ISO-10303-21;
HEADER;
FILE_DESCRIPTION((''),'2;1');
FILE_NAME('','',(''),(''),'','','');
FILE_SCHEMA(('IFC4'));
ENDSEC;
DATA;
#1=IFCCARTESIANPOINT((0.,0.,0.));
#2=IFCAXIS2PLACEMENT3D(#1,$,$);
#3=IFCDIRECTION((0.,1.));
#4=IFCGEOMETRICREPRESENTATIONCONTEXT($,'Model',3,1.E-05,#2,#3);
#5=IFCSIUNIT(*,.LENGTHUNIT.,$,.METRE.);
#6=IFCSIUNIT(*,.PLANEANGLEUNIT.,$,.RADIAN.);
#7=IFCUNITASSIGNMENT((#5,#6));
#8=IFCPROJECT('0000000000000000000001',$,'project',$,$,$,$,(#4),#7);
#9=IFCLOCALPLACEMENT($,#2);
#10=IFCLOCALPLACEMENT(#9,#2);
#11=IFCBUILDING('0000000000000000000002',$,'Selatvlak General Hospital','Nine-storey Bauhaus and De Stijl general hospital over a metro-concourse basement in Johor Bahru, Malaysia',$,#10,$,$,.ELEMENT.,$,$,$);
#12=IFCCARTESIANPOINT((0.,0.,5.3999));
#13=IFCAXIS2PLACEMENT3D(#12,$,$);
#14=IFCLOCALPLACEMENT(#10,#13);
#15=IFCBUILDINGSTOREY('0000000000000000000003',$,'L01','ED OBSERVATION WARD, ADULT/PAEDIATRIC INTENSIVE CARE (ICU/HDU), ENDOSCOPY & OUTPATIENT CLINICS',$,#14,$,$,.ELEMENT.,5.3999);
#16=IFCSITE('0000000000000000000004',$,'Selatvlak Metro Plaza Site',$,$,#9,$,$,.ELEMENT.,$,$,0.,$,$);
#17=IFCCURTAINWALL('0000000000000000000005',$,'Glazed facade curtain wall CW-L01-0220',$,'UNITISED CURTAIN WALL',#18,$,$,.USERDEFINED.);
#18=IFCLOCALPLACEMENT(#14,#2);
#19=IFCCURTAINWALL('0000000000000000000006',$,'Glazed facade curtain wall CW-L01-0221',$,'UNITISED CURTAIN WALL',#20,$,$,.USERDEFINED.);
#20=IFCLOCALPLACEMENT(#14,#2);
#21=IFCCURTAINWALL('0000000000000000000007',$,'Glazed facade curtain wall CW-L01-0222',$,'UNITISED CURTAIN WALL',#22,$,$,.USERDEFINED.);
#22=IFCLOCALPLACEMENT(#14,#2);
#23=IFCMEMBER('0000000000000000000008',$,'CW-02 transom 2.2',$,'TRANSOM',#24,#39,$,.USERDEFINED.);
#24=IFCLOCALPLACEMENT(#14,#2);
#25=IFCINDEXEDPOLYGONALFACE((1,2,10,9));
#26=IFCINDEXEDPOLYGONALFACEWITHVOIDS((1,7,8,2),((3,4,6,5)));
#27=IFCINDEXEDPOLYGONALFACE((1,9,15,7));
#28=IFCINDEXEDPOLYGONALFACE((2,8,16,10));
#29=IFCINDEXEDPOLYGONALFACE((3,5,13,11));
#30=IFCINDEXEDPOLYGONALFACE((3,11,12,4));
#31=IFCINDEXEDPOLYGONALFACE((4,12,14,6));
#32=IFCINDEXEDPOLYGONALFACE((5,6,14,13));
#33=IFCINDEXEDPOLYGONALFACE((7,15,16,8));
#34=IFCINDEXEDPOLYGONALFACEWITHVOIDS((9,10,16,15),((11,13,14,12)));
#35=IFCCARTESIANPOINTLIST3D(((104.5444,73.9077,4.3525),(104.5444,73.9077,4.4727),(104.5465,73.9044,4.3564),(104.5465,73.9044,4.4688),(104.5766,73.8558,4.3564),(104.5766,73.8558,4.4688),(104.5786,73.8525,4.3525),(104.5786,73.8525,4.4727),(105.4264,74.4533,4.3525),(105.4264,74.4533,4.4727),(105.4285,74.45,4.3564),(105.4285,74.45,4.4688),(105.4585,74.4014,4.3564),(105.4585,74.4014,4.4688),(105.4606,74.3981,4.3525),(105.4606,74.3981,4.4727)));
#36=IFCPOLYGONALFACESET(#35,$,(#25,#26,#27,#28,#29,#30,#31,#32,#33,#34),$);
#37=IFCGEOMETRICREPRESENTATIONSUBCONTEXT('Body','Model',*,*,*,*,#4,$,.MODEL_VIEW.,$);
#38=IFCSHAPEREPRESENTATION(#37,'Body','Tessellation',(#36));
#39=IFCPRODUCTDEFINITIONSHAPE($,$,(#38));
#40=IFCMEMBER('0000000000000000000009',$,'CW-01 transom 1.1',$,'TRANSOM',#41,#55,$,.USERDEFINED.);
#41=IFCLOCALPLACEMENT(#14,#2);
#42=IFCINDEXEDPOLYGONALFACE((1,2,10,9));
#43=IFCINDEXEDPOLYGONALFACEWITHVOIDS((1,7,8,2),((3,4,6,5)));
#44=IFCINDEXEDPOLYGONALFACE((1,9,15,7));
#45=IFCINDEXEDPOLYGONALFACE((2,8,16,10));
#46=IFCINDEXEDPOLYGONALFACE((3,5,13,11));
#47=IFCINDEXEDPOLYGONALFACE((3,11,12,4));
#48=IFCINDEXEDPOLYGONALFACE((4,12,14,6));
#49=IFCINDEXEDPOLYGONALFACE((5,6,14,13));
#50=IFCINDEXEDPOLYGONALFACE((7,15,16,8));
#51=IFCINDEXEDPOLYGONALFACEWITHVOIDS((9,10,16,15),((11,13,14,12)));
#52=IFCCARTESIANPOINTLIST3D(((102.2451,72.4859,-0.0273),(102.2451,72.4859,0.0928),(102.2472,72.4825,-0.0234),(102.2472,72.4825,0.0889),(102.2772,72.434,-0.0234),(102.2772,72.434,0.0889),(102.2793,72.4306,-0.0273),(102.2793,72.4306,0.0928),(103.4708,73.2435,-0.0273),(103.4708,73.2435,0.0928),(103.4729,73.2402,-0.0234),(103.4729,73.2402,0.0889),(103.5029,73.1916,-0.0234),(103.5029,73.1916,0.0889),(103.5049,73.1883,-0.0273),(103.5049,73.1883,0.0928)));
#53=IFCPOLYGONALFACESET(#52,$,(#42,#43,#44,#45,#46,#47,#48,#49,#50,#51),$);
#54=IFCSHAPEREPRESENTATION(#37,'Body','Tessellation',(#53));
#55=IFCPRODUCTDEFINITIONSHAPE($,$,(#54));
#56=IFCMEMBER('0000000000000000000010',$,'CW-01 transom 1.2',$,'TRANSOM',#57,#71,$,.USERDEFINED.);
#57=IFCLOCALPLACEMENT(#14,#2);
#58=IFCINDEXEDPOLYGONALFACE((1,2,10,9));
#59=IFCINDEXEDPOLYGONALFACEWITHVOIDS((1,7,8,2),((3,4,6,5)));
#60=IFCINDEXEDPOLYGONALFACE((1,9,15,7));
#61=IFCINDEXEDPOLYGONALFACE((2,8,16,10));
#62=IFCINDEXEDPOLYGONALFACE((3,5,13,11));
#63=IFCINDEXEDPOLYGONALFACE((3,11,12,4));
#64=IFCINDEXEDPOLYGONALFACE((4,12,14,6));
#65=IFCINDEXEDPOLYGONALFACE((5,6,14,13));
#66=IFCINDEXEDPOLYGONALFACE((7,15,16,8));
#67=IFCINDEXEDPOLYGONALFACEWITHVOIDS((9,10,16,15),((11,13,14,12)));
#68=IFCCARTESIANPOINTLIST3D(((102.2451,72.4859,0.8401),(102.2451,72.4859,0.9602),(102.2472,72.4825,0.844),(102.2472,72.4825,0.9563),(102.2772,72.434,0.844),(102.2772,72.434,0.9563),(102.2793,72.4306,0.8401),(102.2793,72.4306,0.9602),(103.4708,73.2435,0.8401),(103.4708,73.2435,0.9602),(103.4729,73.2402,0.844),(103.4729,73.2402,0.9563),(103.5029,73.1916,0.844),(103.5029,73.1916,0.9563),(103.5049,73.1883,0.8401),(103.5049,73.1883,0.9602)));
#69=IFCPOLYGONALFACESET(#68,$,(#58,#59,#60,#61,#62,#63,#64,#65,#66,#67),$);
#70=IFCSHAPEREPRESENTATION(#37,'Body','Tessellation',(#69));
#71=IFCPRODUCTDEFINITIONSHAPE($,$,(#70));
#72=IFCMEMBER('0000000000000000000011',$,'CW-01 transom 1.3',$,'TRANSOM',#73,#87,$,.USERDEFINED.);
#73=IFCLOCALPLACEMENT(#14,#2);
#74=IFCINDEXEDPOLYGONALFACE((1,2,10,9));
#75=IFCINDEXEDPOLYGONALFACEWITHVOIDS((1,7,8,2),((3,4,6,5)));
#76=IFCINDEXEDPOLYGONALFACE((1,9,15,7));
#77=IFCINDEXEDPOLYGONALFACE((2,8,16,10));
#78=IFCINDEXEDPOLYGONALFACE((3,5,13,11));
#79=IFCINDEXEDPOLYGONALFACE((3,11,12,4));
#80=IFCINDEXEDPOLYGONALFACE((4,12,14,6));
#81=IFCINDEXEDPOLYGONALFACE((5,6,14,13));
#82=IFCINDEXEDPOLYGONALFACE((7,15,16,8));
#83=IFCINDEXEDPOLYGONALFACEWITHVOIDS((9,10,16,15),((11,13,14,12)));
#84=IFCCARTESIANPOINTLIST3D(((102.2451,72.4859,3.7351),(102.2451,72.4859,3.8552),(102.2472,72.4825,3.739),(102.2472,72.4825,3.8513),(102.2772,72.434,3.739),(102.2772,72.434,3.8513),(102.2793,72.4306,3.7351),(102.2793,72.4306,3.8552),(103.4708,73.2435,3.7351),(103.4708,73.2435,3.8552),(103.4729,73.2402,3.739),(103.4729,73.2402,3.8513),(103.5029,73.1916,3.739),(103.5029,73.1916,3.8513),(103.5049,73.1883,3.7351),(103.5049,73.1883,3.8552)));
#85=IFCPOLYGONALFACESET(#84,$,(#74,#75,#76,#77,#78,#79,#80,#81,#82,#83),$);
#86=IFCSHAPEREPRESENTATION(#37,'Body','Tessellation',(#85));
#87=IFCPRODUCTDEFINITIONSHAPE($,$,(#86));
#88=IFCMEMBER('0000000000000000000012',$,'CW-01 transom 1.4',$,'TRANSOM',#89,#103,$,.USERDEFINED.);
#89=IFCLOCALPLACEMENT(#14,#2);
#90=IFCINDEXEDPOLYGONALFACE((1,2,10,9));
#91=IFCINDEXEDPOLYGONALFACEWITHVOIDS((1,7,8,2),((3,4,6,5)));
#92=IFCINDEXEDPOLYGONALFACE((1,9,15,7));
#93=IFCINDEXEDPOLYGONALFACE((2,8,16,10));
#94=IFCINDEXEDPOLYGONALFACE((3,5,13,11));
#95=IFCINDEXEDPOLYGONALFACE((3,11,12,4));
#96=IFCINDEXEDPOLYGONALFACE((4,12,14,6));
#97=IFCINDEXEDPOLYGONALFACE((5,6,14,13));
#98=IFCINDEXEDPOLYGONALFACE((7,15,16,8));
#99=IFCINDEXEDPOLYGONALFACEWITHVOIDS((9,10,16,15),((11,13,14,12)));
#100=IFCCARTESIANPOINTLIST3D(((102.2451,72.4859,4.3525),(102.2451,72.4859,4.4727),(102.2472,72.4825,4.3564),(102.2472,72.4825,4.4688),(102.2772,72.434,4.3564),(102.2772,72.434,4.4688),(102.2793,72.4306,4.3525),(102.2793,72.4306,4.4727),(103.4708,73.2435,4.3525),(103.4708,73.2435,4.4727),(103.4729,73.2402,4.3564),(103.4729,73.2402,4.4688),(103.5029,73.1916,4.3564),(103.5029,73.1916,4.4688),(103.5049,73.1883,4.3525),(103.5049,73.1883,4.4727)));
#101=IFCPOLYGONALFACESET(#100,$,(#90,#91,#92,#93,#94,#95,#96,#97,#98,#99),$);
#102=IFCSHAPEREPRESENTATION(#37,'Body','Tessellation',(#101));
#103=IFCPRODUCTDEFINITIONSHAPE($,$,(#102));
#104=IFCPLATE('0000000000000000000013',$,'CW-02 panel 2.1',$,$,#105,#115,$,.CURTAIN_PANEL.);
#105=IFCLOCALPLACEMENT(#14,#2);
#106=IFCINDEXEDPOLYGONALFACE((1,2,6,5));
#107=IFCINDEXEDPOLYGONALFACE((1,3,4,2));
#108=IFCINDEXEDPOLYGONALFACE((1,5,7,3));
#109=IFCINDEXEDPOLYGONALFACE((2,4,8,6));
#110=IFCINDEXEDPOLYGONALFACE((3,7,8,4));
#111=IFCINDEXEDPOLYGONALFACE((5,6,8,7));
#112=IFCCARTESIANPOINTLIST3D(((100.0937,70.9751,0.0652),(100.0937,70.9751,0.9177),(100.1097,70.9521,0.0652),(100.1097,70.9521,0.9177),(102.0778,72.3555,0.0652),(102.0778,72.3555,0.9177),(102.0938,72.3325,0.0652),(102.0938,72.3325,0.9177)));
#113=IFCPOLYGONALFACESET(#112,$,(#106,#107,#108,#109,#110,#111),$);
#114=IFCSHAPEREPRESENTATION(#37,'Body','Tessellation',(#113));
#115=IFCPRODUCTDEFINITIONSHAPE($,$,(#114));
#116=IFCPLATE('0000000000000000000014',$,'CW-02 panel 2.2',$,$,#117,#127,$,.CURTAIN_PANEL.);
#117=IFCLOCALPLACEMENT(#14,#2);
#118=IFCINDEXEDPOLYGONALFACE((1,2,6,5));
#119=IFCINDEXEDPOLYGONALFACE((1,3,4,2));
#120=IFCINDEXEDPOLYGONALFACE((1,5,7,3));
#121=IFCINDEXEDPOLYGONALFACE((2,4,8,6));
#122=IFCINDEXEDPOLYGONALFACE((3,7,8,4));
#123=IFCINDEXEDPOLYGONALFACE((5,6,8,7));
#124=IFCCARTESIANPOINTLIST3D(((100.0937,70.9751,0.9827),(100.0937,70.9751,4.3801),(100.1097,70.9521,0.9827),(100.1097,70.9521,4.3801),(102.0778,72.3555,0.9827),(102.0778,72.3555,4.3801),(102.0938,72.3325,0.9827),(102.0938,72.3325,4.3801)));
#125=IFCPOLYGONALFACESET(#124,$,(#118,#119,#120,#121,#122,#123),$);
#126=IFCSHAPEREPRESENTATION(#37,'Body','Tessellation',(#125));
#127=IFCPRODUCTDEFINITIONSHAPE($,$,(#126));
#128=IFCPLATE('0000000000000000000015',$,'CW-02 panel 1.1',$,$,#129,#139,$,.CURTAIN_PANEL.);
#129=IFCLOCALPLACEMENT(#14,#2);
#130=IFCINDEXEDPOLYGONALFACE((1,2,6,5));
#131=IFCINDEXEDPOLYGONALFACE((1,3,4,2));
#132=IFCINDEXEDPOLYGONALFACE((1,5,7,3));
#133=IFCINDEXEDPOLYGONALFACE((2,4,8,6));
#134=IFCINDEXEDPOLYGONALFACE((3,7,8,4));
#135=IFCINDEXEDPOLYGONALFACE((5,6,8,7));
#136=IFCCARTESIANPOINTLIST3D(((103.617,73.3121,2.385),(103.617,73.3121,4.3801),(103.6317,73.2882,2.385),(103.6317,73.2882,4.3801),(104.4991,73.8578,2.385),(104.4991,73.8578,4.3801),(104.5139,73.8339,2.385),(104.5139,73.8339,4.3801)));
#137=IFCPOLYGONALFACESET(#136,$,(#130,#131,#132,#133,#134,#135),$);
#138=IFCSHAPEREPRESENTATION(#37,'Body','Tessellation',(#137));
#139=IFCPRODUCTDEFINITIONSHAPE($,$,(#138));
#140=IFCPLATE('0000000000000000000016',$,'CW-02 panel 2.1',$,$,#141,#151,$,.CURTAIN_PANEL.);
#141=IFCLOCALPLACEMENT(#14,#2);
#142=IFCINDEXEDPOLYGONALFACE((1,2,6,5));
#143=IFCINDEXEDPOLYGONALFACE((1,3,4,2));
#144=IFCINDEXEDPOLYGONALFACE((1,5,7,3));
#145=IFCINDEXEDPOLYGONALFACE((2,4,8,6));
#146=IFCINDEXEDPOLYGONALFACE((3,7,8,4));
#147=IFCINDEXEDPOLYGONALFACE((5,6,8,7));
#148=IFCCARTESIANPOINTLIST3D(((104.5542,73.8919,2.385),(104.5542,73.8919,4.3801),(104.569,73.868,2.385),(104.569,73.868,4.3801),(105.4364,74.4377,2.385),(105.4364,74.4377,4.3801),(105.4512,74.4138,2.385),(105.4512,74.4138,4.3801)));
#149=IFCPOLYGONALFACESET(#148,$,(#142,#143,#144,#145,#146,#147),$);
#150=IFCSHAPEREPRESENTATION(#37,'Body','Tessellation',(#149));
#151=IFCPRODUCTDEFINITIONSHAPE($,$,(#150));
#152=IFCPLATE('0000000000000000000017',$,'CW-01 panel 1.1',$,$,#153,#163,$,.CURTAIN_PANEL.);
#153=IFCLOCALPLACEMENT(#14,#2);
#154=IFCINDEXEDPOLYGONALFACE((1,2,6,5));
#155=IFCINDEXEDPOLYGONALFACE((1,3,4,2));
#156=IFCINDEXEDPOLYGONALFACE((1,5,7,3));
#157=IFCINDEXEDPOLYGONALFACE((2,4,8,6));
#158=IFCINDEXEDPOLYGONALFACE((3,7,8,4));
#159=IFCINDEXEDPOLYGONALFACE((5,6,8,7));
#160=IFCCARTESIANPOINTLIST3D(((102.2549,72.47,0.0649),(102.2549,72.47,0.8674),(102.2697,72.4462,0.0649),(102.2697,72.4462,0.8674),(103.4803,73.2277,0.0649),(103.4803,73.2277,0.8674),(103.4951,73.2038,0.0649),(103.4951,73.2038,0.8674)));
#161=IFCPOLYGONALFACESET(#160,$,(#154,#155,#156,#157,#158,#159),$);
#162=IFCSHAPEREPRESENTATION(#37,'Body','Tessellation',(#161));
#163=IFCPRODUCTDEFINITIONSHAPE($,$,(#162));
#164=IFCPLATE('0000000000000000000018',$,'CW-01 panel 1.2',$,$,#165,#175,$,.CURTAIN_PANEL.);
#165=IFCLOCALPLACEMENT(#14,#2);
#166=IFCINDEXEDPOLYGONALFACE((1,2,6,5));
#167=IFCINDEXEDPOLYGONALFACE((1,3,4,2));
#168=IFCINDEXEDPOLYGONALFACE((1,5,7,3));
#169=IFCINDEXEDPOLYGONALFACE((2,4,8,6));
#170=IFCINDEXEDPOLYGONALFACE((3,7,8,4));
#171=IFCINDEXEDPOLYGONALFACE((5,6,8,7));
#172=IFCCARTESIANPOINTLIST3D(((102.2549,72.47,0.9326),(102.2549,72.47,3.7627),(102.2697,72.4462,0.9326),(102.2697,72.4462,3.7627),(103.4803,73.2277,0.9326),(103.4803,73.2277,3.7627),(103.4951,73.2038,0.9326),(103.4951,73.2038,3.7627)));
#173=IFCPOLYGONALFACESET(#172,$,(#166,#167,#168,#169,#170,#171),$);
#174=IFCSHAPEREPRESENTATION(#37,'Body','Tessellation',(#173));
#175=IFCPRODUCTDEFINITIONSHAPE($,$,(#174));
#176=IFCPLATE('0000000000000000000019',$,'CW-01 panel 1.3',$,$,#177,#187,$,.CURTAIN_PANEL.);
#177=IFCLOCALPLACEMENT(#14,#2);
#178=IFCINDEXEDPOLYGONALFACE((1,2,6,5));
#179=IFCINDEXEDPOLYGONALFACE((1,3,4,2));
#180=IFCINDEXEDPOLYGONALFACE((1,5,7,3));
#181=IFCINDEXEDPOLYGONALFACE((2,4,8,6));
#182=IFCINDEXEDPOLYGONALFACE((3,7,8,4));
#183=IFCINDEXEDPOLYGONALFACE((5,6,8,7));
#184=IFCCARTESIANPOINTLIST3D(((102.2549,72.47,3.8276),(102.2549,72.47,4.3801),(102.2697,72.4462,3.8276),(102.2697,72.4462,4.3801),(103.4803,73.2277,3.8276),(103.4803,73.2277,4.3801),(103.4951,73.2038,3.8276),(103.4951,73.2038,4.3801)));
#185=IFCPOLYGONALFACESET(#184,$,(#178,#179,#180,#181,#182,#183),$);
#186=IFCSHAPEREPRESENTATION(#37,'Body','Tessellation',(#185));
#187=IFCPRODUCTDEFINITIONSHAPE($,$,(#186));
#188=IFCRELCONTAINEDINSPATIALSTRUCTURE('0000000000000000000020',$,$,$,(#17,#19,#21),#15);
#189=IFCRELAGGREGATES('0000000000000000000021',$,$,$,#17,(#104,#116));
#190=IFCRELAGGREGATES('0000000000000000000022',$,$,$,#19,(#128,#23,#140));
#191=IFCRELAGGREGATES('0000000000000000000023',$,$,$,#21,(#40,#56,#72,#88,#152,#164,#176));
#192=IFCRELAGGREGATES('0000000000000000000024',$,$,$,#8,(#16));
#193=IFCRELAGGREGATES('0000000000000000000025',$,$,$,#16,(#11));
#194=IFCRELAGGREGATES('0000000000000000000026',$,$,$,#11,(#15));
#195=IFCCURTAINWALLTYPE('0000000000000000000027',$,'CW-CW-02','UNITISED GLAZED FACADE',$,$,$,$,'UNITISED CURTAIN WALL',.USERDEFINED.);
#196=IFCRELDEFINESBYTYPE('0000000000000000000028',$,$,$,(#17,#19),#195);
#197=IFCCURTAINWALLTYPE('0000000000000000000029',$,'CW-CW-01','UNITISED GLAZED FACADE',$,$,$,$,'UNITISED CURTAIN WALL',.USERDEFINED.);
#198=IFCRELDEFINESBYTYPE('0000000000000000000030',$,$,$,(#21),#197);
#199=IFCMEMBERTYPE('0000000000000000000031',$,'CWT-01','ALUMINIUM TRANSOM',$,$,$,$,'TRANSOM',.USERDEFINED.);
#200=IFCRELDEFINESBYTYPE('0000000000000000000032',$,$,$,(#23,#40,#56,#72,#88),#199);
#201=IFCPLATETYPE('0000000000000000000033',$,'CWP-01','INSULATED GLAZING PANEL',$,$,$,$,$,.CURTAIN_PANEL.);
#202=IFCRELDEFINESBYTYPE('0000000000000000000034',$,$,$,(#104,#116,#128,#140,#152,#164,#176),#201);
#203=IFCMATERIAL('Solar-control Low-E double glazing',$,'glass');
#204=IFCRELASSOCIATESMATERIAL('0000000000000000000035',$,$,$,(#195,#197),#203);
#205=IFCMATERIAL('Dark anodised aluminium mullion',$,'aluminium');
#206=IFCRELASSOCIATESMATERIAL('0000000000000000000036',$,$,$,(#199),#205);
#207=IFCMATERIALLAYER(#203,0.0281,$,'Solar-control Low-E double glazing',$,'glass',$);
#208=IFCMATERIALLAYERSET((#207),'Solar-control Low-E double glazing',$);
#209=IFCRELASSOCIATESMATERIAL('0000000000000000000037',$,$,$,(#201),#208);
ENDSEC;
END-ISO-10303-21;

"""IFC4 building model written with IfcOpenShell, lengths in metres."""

from ifc_helpers import new_model, si_unit, direction, frame, origin, origin_2d, place, context, subcontext, project, spatial, rectangle, hollow_rectangle, extrude, material, layer, layer_set, material_profile, profile_set, type_object, element, aggregate, save


model = new_model("IFC4")

# Units and contexts
model_context = context("Model", 3, precision=1e-05, world=origin(), true_north=direction((0.0, 1.0)))
body_context = subcontext(model_context, "Body", "Model", "MODEL_VIEW")
ifc_project = project(units=[si_unit("LENGTHUNIT", "METRE"), si_unit("PLANEANGLEUNIT", "RADIAN")], contexts=[model_context])

# Site, building, storey
site_placement = place(None, origin())
site = spatial("IfcSite", under=ifc_project, at=site_placement, Name="Selatvlak Metro Plaza Site", CompositionType="ELEMENT", RefElevation=0.0)
building_placement = place(site_placement, origin())
building = spatial("IfcBuilding", under=site, at=building_placement, Name="Selatvlak General Hospital", Description="Nine-storey Bauhaus and De Stijl general hospital over a metro-concourse basement in Johor Bahru, Malaysia", CompositionType="ELEMENT")
storey_placement = place(building_placement, frame((0.0, 0.0, 5.3999)))
storey = spatial("IfcBuildingStorey", under=building, at=storey_placement, Name="L01", Description="ED OBSERVATION WARD, ADULT/PAEDIATRIC INTENSIVE CARE (ICU/HDU), ENDOSCOPY & OUTPATIENT CLINICS", CompositionType="ELEMENT", Elevation=5.3999)

# Curtain wall
ifc_material_1 = material(Name="Solar-control Low-E double glazing", Category="glass")
curtain_wall_type_1 = type_object("IfcCurtainWallType", Name="CW-CW-02", Description="UNITISED GLAZED FACADE", ElementType="UNITISED CURTAIN WALL", PredefinedType="USERDEFINED", material=ifc_material_1)
curtain_wall_1_placement = place(storey_placement, origin())
curtain_wall_1 = element("IfcCurtainWall", 1, at=curtain_wall_1_placement, inside=storey, type_object=curtain_wall_type_1, Name="Glazed facade curtain wall CW-L01-0220", ObjectType="UNITISED CURTAIN WALL", PredefinedType="USERDEFINED")
ifc_material_2 = material(Name="Dark anodised aluminium mullion", Category="aluminium")

# Curtain walls
curtain_wall_2_placement = place(storey_placement, origin())
curtain_wall_2 = element("IfcCurtainWall", 2, at=curtain_wall_2_placement, inside=storey, type_object=curtain_wall_type_1, Name="Glazed facade curtain wall CW-L01-0221", ObjectType="UNITISED CURTAIN WALL", PredefinedType="USERDEFINED")
curtain_wall_type_2 = type_object("IfcCurtainWallType", Name="CW-CW-01", Description="UNITISED GLAZED FACADE", ElementType="UNITISED CURTAIN WALL", PredefinedType="USERDEFINED", material=ifc_material_1)
curtain_wall_3_placement = place(storey_placement, origin())
curtain_wall_3 = element("IfcCurtainWall", 3, at=curtain_wall_3_placement, inside=storey, type_object=curtain_wall_type_2, Name="Glazed facade curtain wall CW-L01-0222", ObjectType="UNITISED CURTAIN WALL", PredefinedType="USERDEFINED")

# Members
ifc_material_profile_1 = material_profile(ifc_material_2, hollow_rectangle(XDim=0.0649, YDim=0.1201, WallThickness=0.0039, at=origin_2d()), Name="AL-TRN 65x120x4")
ifc_profile_set_1 = profile_set([ifc_material_profile_1], Name="Dark anodised aluminium mullion")
member_type_1 = type_object("IfcMemberType", Name="CWT-01", Description="ALUMINIUM TRANSOM", ElementType="TRANSOM", PredefinedType="USERDEFINED", material=ifc_profile_set_1)
member_1_placement = place(storey_placement, frame((104.5615, 73.8801, 4.4126), z_axis=(0.850436, 0.526079, 0.0), x_axis=(-0.526079, 0.850436, 0.0)))
member_1 = element("IfcMember", 4, at=member_1_placement, type_object=member_type_1, Name="CW-02 transom 2.2", ObjectType="TRANSOM", PredefinedType="USERDEFINED", context=body_context, shape_type="SweptSolid", body=[
    extrude(hollow_rectangle(XDim=0.0649, YDim=0.1201, WallThickness=0.0039, at=origin_2d()), origin(), (0.0, 0.0, 1.0), 1.0371),
])
member_2_placement = place(storey_placement, frame((102.2622, 72.4583, 0.0327), z_axis=(0.850615, 0.525789, 0.0), x_axis=(-0.525789, 0.850615, 0.0)))
member_2 = element("IfcMember", 5, at=member_2_placement, type_object=member_type_1, Name="CW-01 transom 1.1", ObjectType="TRANSOM", PredefinedType="USERDEFINED", context=body_context, shape_type="SweptSolid", body=[
    extrude(hollow_rectangle(XDim=0.0649, YDim=0.1201, WallThickness=0.0039, at=origin_2d()), origin(), (0.0, 0.0, 1.0), 1.4409),
])
member_3_placement = place(storey_placement, frame((102.2622, 72.4583, 0.9001), z_axis=(0.850615, 0.525789, 0.0), x_axis=(-0.525789, 0.850615, 0.0)))
member_3 = element("IfcMember", 6, at=member_3_placement, type_object=member_type_1, Name="CW-01 transom 1.2", ObjectType="TRANSOM", PredefinedType="USERDEFINED", context=body_context, shape_type="SweptSolid", body=[
    extrude(hollow_rectangle(XDim=0.0649, YDim=0.1201, WallThickness=0.0039, at=origin_2d()), origin(), (0.0, 0.0, 1.0), 1.4409),
])
member_4_placement = place(storey_placement, frame((102.2622, 72.4583, 3.7952), z_axis=(0.850615, 0.525789, 0.0), x_axis=(-0.525789, 0.850615, 0.0)))
member_4 = element("IfcMember", 7, at=member_4_placement, type_object=member_type_1, Name="CW-01 transom 1.3", ObjectType="TRANSOM", PredefinedType="USERDEFINED", context=body_context, shape_type="SweptSolid", body=[
    extrude(hollow_rectangle(XDim=0.0649, YDim=0.1201, WallThickness=0.0039, at=origin_2d()), origin(), (0.0, 0.0, 1.0), 1.4409),
])
member_5_placement = place(storey_placement, frame((102.2622, 72.4583, 4.4126), z_axis=(0.850615, 0.525789, 0.0), x_axis=(-0.525789, 0.850615, 0.0)))
member_5 = element("IfcMember", 8, at=member_5_placement, type_object=member_type_1, Name="CW-01 transom 1.4", ObjectType="TRANSOM", PredefinedType="USERDEFINED", context=body_context, shape_type="SweptSolid", body=[
    extrude(hollow_rectangle(XDim=0.0649, YDim=0.1201, WallThickness=0.0039, at=origin_2d()), origin(), (0.0, 0.0, 1.0), 1.4409),
])

# Plates
ifc_layer_1 = layer(ifc_material_1, 0.0281, Name="Solar-control Low-E double glazing", Category="glass")
ifc_layer_set_1 = layer_set([ifc_layer_1], Name="Solar-control Low-E double glazing")
plate_type = type_object("IfcPlateType", Name="CWP-01", Description="INSULATED GLAZING PANEL", PredefinedType="CURTAIN_PANEL", material=ifc_layer_set_1)
plate_1_placement = place(storey_placement, frame((101.0938, 71.6538, 0.0652), z_axis=(0.0, 0.0, 1.0), x_axis=(0.820873, 0.571111, 0.0)))
plate_1 = element("IfcPlate", 9, at=plate_1_placement, type_object=plate_type, Name="CW-02 panel 2.1", PredefinedType="CURTAIN_PANEL", context=body_context, shape_type="SweptSolid", body=[
    extrude(rectangle(XDim=2.417, YDim=0.0281, at=origin_2d()), origin(), (0.0, 0.0, 1.0), 0.8525),
])
plate_2_placement = place(storey_placement, frame((101.0938, 71.6538, 0.9827), z_axis=(0.0, 0.0, 1.0), x_axis=(0.820873, 0.571111, 0.0)))
plate_2 = element("IfcPlate", 10, at=plate_2_placement, type_object=plate_type, Name="CW-02 panel 2.2", PredefinedType="CURTAIN_PANEL", context=body_context, shape_type="SweptSolid", body=[
    extrude(rectangle(XDim=2.417, YDim=0.0281, at=origin_2d()), origin(), (0.0, 0.0, 1.0), 3.3975),
])
aggregate(curtain_wall_1, [plate_1, plate_2])
plate_3_placement = place(storey_placement, frame((104.0654, 73.573, 2.385), z_axis=(0.0, 0.0, 1.0), x_axis=(0.850415, 0.526112, 0.0)))
plate_3 = element("IfcPlate", 11, at=plate_3_placement, type_object=plate_type, Name="CW-02 panel 1.1", PredefinedType="CURTAIN_PANEL", context=body_context, shape_type="SweptSolid", body=[
    extrude(rectangle(XDim=1.0374, YDim=0.0281, at=origin_2d()), origin(), (0.0, 0.0, 1.0), 1.9951),
])
plate_4_placement = place(storey_placement, frame((105.0027, 74.1528, 2.385), z_axis=(0.0, 0.0, 1.0), x_axis=(0.850415, 0.526112, 0.0)))
plate_4 = element("IfcPlate", 12, at=plate_4_placement, type_object=plate_type, Name="CW-02 panel 2.1", PredefinedType="CURTAIN_PANEL", context=body_context, shape_type="SweptSolid", body=[
    extrude(rectangle(XDim=1.0374, YDim=0.0281, at=origin_2d()), origin(), (0.0, 0.0, 1.0), 1.9951),
])
aggregate(curtain_wall_2, [plate_3, member_1, plate_4])
plate_5_placement = place(storey_placement, frame((102.875, 72.8369, 0.0649), z_axis=(0.0, 0.0, 1.0), x_axis=(0.850564, 0.525872, 0.0)))
plate_5 = element("IfcPlate", 13, at=plate_5_placement, type_object=plate_type, Name="CW-01 panel 1.1", PredefinedType="CURTAIN_PANEL", context=body_context, shape_type="SweptSolid", body=[
    extrude(rectangle(XDim=1.4407, YDim=0.0281, at=origin_2d()), origin(), (0.0, 0.0, 1.0), 0.8025),
])
plate_6_placement = place(storey_placement, frame((102.875, 72.8369, 0.9326), z_axis=(0.0, 0.0, 1.0), x_axis=(0.850564, 0.525872, 0.0)))
plate_6 = element("IfcPlate", 14, at=plate_6_placement, type_object=plate_type, Name="CW-01 panel 1.2", PredefinedType="CURTAIN_PANEL", context=body_context, shape_type="SweptSolid", body=[
    extrude(rectangle(XDim=1.4407, YDim=0.0281, at=origin_2d()), origin(), (0.0, 0.0, 1.0), 2.8301),
])
plate_7_placement = place(storey_placement, frame((102.875, 72.8369, 3.8276), z_axis=(0.0, 0.0, 1.0), x_axis=(0.850564, 0.525872, 0.0)))
plate_7 = element("IfcPlate", 15, at=plate_7_placement, type_object=plate_type, Name="CW-01 panel 1.3", PredefinedType="CURTAIN_PANEL", context=body_context, shape_type="SweptSolid", body=[
    extrude(rectangle(XDim=1.4407, YDim=0.0281, at=origin_2d()), origin(), (0.0, 0.0, 1.0), 0.5525),
])
aggregate(curtain_wall_3, [member_2, member_3, member_4, member_5, plate_5, plate_6, plate_7])

save(model, "model.ifc")
